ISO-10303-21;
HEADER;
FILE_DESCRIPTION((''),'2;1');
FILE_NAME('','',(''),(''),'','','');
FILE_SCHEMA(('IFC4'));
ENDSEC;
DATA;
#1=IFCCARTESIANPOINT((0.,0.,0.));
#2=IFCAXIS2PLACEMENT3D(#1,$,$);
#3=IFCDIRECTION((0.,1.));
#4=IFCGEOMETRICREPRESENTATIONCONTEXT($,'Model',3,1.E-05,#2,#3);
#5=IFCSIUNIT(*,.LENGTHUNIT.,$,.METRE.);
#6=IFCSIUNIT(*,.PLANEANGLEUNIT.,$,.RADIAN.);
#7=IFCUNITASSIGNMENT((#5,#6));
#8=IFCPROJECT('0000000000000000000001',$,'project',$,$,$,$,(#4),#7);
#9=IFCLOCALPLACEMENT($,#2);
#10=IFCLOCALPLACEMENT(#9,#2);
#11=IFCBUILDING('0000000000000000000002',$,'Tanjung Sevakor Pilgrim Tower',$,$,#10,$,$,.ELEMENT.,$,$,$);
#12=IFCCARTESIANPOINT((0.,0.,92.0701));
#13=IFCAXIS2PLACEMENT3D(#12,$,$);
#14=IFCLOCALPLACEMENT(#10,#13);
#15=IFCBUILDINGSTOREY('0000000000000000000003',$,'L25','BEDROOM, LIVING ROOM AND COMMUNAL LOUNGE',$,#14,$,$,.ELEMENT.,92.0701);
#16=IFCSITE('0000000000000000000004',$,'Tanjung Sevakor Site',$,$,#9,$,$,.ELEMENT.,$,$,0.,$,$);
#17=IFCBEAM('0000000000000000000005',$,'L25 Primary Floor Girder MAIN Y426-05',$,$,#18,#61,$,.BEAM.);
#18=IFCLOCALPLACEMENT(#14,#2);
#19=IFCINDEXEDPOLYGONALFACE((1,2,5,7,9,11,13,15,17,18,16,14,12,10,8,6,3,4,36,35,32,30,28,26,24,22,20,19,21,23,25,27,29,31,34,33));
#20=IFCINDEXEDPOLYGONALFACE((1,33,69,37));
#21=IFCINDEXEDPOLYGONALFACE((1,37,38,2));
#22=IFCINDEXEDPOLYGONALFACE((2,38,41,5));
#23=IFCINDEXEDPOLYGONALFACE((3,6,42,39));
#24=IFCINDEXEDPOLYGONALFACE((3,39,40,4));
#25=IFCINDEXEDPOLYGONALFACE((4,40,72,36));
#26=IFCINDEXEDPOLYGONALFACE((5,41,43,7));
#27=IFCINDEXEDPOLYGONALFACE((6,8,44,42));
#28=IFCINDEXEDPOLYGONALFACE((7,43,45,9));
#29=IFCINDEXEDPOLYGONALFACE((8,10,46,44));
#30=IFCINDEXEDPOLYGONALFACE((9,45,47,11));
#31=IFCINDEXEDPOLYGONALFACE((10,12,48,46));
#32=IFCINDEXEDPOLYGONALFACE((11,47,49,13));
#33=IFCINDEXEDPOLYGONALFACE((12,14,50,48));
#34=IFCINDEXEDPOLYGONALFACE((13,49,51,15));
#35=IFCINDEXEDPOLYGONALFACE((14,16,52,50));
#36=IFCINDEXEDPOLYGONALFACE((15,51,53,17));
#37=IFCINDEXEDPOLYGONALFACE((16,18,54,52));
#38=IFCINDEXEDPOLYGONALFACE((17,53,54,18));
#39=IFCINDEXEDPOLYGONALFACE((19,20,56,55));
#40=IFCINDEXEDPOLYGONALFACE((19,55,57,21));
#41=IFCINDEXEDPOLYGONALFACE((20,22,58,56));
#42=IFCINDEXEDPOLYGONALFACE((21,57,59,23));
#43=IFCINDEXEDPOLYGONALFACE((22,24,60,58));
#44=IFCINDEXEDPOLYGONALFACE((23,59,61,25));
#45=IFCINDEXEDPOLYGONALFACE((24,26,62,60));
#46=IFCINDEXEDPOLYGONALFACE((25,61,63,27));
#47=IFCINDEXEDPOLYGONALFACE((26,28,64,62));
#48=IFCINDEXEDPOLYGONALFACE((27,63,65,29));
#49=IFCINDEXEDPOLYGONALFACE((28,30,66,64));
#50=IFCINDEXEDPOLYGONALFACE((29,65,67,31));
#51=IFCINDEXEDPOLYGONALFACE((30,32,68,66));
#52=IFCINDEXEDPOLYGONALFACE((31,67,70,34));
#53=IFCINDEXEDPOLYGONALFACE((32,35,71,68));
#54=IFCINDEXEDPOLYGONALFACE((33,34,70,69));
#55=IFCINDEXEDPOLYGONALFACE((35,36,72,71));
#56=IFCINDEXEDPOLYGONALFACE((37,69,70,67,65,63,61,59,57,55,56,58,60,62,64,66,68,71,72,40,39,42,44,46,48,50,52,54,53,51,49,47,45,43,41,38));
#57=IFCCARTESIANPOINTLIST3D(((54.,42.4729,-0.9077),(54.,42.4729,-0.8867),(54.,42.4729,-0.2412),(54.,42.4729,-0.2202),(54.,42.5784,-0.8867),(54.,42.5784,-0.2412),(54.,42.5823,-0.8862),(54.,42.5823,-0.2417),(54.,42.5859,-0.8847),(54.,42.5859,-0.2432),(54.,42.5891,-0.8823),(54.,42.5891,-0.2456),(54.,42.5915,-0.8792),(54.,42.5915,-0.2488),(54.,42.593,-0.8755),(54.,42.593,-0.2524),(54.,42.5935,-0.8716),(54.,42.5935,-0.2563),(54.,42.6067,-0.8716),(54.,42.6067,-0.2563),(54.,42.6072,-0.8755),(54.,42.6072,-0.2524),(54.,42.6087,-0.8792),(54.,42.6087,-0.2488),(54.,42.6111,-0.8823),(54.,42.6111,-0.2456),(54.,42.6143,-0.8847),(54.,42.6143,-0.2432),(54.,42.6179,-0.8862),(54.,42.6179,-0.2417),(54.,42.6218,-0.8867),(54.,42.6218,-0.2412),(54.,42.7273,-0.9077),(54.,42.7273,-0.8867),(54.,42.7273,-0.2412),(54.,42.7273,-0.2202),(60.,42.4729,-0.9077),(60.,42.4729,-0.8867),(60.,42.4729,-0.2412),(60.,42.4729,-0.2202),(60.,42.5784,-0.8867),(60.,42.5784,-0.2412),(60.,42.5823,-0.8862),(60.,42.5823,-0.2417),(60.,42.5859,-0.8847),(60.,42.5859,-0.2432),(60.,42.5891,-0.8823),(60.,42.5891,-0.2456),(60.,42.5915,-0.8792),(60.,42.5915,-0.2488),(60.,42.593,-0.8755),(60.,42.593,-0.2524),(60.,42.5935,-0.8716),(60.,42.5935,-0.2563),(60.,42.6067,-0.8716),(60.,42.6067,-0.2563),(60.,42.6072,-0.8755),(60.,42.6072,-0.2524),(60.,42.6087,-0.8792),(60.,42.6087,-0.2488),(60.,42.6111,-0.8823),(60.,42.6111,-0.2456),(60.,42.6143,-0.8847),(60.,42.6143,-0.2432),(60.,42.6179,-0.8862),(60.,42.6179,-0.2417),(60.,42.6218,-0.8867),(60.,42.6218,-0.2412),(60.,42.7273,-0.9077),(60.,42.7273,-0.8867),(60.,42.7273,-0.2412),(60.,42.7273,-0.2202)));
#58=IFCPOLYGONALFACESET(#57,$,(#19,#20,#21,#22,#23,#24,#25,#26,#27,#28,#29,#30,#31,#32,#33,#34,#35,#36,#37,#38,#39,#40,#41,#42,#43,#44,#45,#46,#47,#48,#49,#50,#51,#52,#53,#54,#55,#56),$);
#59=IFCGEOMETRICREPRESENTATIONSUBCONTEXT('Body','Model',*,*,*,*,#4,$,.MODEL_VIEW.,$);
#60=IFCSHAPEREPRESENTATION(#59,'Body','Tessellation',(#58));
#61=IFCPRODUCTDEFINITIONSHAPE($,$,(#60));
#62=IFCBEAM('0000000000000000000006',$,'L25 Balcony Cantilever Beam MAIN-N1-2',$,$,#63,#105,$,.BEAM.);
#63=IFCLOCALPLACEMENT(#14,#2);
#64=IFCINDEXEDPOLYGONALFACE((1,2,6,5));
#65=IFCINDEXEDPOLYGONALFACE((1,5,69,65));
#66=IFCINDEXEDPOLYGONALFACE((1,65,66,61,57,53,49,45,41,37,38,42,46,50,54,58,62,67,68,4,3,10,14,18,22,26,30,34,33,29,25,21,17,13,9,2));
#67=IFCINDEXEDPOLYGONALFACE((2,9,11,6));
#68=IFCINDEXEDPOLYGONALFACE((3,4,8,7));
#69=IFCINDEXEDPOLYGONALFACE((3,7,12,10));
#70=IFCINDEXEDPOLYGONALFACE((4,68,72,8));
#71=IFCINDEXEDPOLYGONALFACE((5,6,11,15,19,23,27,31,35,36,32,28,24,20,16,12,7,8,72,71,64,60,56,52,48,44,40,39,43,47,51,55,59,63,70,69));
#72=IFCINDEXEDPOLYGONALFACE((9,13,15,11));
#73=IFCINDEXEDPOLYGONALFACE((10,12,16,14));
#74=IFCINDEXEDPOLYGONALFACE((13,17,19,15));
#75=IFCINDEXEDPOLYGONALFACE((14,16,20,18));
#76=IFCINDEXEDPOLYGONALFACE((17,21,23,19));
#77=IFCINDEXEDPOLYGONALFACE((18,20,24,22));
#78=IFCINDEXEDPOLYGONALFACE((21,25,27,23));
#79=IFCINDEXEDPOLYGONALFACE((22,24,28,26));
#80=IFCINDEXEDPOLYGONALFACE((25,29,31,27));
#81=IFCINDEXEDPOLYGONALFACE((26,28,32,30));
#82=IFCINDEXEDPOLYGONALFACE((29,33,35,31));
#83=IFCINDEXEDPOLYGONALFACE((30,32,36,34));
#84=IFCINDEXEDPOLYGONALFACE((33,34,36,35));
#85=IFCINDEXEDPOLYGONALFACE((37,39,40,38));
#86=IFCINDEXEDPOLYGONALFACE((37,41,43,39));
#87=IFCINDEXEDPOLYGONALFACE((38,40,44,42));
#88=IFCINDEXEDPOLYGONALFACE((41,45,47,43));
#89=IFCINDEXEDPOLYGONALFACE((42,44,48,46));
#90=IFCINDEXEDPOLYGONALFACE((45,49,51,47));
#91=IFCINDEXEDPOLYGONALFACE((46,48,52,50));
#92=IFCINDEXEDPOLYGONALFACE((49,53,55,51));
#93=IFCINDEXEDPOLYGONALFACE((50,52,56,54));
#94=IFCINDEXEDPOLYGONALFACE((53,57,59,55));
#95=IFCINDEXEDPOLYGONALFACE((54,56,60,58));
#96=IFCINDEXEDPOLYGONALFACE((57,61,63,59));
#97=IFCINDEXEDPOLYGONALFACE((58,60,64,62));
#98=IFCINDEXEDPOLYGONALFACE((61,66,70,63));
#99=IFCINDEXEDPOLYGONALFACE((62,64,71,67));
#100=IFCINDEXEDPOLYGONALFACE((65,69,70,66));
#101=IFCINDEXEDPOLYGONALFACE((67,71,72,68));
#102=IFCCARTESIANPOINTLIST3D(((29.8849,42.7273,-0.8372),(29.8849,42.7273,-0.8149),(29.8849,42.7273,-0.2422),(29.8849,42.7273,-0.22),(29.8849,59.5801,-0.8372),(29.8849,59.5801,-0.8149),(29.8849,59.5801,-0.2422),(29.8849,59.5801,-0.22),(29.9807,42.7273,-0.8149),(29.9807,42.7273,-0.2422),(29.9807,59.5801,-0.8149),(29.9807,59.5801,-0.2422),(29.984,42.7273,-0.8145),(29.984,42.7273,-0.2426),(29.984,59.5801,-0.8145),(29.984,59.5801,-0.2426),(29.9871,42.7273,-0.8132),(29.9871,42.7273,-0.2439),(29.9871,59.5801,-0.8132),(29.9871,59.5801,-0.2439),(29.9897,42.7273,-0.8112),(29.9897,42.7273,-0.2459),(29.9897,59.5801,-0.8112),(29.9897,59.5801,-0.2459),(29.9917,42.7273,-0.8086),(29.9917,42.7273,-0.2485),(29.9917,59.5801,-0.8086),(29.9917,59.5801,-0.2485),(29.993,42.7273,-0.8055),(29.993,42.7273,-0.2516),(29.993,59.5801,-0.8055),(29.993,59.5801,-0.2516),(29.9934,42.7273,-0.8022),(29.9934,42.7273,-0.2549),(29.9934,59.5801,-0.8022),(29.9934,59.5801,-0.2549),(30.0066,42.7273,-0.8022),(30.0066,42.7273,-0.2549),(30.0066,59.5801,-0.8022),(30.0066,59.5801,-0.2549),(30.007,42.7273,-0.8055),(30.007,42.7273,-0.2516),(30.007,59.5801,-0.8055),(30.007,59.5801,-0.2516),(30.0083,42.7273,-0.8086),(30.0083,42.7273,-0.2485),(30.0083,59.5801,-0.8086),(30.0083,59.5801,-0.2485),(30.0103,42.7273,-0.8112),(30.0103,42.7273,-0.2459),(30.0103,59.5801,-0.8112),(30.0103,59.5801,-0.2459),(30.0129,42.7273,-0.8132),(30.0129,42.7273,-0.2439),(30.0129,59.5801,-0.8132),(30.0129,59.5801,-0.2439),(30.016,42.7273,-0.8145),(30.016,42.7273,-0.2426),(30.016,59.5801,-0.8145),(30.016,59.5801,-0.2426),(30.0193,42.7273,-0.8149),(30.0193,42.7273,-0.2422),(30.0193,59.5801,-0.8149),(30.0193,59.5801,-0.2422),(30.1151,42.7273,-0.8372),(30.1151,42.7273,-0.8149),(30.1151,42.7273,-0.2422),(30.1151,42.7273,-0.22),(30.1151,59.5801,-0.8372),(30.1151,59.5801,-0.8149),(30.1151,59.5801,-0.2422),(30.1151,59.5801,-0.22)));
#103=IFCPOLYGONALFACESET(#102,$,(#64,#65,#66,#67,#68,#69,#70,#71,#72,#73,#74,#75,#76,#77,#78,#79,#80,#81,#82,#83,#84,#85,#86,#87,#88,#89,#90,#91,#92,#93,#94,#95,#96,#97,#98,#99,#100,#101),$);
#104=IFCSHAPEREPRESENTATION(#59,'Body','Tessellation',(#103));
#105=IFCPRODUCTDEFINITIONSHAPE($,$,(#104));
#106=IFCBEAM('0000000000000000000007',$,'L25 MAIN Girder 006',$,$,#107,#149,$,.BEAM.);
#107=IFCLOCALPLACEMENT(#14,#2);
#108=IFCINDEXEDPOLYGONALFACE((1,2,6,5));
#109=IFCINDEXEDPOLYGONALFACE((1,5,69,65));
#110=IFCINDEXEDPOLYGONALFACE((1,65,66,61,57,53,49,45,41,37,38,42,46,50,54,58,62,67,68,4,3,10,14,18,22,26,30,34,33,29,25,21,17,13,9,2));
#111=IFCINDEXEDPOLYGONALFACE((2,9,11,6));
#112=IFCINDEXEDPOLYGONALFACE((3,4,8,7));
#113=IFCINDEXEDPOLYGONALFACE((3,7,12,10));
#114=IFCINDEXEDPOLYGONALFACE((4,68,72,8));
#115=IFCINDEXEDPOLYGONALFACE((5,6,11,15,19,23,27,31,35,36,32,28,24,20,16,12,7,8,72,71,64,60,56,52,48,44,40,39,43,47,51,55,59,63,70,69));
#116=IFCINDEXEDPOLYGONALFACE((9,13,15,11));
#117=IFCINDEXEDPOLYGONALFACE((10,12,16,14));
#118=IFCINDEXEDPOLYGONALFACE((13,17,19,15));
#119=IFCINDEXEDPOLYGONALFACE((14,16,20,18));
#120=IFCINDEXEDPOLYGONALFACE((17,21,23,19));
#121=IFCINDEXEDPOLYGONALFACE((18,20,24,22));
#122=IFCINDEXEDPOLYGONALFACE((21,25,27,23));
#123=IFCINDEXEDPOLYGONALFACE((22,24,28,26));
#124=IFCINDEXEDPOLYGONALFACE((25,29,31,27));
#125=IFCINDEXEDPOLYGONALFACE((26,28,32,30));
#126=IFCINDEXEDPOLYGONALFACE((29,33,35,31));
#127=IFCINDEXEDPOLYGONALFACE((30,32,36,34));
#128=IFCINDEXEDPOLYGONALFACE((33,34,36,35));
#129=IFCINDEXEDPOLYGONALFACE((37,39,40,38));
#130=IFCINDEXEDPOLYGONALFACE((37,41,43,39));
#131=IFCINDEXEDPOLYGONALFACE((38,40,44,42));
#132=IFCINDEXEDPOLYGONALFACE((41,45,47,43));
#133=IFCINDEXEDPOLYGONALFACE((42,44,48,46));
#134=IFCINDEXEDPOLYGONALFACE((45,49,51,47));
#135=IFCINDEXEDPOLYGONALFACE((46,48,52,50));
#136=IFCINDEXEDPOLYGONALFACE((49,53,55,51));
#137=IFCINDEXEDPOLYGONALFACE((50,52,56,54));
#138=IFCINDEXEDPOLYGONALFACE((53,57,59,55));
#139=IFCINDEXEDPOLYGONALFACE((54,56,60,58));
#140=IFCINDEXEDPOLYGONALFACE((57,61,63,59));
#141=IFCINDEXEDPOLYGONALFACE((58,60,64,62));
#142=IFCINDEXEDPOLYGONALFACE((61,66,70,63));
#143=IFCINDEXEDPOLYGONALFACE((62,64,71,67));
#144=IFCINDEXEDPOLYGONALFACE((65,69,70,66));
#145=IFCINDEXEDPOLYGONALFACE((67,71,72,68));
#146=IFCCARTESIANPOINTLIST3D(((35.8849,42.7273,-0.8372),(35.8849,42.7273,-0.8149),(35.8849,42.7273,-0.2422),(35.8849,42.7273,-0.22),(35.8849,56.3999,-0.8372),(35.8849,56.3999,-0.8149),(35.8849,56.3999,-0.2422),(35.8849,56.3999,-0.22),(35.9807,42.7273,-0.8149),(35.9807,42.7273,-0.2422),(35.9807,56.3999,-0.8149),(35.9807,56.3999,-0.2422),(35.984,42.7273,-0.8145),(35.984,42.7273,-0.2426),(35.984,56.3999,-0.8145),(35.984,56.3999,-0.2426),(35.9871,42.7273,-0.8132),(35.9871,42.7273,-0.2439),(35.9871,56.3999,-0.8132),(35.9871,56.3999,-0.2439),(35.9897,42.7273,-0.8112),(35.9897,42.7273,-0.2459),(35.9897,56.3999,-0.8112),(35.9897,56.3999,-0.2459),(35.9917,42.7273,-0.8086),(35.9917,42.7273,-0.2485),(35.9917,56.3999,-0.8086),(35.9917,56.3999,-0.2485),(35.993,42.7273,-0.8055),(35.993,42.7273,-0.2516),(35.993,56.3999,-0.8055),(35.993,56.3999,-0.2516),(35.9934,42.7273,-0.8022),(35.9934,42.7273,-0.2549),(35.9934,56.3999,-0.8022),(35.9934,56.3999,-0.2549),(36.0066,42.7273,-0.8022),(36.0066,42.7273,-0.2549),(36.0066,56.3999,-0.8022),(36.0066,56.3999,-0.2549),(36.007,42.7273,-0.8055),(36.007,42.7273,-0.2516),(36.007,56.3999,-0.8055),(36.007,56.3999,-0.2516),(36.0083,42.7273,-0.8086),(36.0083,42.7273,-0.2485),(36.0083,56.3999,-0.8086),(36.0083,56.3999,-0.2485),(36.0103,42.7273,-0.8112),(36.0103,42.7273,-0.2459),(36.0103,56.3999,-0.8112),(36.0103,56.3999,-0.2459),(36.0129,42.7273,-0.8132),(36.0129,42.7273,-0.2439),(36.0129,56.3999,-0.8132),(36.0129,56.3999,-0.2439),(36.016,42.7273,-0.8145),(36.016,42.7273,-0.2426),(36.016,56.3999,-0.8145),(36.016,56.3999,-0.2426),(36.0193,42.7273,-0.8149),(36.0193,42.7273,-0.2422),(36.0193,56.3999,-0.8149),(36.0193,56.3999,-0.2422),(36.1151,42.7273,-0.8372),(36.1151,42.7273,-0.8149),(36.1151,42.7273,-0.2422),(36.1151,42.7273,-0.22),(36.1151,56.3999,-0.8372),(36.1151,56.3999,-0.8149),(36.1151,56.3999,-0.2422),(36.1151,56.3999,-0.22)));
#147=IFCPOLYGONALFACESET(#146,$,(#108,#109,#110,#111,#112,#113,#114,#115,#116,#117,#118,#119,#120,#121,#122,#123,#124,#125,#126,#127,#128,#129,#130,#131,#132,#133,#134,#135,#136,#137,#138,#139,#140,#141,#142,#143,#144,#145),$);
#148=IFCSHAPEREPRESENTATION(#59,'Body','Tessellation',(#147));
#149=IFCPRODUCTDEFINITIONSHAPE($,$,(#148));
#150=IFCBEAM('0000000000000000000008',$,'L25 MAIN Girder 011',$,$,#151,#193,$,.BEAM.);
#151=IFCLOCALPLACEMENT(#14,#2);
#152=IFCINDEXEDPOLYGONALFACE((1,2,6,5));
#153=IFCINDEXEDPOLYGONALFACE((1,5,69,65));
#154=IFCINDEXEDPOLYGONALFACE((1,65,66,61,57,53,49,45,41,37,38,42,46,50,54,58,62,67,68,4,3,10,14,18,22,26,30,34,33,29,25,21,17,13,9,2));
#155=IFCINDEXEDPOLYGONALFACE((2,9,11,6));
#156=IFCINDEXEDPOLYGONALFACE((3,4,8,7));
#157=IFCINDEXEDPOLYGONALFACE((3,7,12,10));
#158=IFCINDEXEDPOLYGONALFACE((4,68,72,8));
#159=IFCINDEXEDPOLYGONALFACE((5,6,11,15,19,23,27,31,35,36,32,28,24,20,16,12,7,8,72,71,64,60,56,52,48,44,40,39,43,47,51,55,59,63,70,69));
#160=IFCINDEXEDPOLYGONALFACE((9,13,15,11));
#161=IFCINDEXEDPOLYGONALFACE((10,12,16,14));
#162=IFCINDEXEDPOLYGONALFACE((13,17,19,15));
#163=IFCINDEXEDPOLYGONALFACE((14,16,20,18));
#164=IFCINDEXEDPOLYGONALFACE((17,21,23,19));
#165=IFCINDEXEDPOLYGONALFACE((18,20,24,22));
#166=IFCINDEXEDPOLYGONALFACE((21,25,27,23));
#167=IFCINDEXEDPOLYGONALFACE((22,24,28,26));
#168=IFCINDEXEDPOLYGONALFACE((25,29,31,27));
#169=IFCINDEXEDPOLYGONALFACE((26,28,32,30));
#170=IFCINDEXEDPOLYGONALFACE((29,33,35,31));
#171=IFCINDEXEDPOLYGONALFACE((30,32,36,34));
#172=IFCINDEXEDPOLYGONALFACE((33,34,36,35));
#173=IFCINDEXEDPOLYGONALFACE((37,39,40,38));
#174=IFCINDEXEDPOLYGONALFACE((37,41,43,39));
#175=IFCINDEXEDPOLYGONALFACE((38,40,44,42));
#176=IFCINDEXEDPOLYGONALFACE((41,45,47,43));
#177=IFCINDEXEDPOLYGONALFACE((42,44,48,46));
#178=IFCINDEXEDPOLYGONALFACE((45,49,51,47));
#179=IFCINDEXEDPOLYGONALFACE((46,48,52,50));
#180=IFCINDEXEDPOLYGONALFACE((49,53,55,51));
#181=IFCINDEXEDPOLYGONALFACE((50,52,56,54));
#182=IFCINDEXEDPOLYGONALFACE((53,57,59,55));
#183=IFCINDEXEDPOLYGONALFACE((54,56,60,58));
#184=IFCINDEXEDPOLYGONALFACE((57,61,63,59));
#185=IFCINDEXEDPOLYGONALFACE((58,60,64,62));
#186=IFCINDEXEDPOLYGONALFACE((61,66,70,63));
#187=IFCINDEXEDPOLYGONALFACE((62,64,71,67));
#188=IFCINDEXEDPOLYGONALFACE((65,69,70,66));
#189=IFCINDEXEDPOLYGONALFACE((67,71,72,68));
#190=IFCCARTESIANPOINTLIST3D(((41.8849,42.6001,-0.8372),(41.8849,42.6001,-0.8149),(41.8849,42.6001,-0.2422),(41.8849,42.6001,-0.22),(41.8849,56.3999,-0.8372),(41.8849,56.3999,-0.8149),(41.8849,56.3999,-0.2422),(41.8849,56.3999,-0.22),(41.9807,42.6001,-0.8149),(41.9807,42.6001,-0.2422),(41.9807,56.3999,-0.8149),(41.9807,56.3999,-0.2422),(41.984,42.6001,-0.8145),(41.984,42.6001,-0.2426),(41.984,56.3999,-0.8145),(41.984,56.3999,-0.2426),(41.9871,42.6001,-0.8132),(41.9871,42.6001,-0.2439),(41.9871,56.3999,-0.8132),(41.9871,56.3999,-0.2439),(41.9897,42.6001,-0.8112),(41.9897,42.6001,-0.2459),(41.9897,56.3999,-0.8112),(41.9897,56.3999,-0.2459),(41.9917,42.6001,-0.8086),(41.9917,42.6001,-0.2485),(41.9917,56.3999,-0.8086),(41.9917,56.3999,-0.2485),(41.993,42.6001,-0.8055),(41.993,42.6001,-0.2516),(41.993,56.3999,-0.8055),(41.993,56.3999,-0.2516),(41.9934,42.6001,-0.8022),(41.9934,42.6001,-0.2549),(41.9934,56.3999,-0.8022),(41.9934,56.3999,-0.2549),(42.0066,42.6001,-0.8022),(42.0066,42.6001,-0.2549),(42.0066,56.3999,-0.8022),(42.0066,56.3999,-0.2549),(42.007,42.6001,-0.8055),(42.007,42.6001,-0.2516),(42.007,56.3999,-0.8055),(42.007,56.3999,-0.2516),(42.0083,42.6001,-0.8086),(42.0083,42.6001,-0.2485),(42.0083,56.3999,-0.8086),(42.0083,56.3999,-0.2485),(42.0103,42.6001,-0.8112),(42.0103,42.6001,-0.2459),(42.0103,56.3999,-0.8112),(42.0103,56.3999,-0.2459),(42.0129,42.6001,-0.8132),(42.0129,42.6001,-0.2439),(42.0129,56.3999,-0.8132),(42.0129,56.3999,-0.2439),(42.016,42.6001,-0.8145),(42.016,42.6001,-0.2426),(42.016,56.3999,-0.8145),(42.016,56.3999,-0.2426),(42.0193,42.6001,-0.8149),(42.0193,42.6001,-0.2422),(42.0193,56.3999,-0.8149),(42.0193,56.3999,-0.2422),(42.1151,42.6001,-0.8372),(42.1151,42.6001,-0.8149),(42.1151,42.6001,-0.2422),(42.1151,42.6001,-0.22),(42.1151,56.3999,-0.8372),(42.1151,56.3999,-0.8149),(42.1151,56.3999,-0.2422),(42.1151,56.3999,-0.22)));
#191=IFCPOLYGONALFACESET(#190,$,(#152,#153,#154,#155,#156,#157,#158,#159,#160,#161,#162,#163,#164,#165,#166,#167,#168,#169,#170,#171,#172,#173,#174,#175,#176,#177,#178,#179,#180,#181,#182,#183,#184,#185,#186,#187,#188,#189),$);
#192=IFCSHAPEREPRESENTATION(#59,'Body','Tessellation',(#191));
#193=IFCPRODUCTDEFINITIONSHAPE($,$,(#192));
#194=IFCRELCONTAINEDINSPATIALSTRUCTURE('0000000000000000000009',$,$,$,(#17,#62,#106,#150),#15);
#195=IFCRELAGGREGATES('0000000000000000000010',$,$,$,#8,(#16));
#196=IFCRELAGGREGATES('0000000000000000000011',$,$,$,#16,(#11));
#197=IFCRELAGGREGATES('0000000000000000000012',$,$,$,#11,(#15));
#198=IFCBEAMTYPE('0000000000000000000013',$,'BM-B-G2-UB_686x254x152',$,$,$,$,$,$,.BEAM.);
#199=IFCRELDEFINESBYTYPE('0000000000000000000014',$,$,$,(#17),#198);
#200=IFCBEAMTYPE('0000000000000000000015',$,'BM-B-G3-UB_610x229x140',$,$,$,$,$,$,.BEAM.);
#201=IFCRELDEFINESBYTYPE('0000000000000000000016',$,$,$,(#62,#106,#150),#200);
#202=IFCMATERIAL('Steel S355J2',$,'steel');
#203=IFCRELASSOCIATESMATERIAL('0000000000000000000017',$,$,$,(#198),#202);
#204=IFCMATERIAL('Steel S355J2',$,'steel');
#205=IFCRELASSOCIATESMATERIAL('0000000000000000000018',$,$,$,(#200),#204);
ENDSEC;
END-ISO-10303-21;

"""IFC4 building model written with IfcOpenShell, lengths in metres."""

from ifc_helpers import new_model, si_unit, direction, frame, origin, origin_2d, place, context, subcontext, project, spatial, i_section, extrude, material, material_profile, profile_set, type_object, element, save


model = new_model("IFC4")

# Units and contexts
model_context = context("Model", 3, precision=1e-05, world=origin(), true_north=direction((0.0, 1.0)))
body_context = subcontext(model_context, "Body", "Model", "MODEL_VIEW")
ifc_project = project(units=[si_unit("LENGTHUNIT", "METRE"), si_unit("PLANEANGLEUNIT", "RADIAN")], contexts=[model_context])

# Site, building, storey
site_placement = place(None, origin())
site = spatial("IfcSite", under=ifc_project, at=site_placement, Name="Tanjung Sevakor Site", CompositionType="ELEMENT", RefElevation=0.0)
building_placement = place(site_placement, origin())
building = spatial("IfcBuilding", under=site, at=building_placement, Name="Tanjung Sevakor Pilgrim Tower", CompositionType="ELEMENT")
storey_placement = place(building_placement, frame((0.0, 0.0, 92.0701)))
storey = spatial("IfcBuildingStorey", under=building, at=storey_placement, Name="L25", Description="BEDROOM, LIVING ROOM AND COMMUNAL LOUNGE", CompositionType="ELEMENT", Elevation=92.0701)

# Beams
ifc_material_1 = material(Name="Steel S355J2", Category="steel")
ifc_material_profile_1 = material_profile(ifc_material_1, i_section(OverallWidth=0.2544, OverallDepth=0.6875, WebThickness=0.0132, FlangeThickness=0.021, FilletRadius=0.0151, at=origin_2d()))
ifc_profile_set_1 = profile_set([ifc_material_profile_1], Name="Steel S355J2")
beam_type_1 = type_object("IfcBeamType", Name="BM-B-G2-UB_686x254x152", PredefinedType="BEAM", material=ifc_profile_set_1)
for number, where, z_axis, x_axis, name in (
    (1, (54.0, 42.6001, -0.564), (1.0, 0.0, 0.0), (0.0, 1.0, 0.0), "L25 Primary Floor Girder MAIN Y426-05"),
):
    element("IfcBeam", number, at=place(storey_placement, frame(where, z_axis=z_axis, x_axis=x_axis)), inside=storey, type_object=beam_type_1, Name=name, PredefinedType="BEAM", context=body_context, shape_type="SweptSolid", body=[
        extrude(i_section(OverallWidth=0.2544, OverallDepth=0.6875, WebThickness=0.0132, FlangeThickness=0.021, FilletRadius=0.0151, at=origin_2d()), origin(), (0.0, 0.0, 1.0), 6.0),
    ])
ifc_material_2 = material(Name="Steel S355J2", Category="steel")
ifc_material_profile_2 = material_profile(ifc_material_2, i_section(OverallWidth=0.2302, OverallDepth=0.6172, WebThickness=0.0132, FlangeThickness=0.0222, FilletRadius=0.0127, at=origin_2d()))
ifc_profile_set_2 = profile_set([ifc_material_profile_2], Name="Steel S355J2")
beam_type_2 = type_object("IfcBeamType", Name="BM-B-G3-UB_610x229x140", PredefinedType="BEAM", material=ifc_profile_set_2)
beam_1_placement = place(storey_placement, frame((30.0, 42.7273, -0.5286), z_axis=(0.0, 1.0, 0.0), x_axis=(-1.0, 0.0, 0.0)))
element("IfcBeam", 2, at=beam_1_placement, inside=storey, type_object=beam_type_2, Name="L25 Balcony Cantilever Beam MAIN-N1-2", PredefinedType="BEAM", context=body_context, shape_type="SweptSolid", body=[
    extrude(i_section(OverallWidth=0.2302, OverallDepth=0.6172, WebThickness=0.0132, FlangeThickness=0.0222, FilletRadius=0.0127, at=origin_2d()), origin(), (0.0, 0.0, 1.0), 16.8528),
])
beam_2_placement = place(storey_placement, frame((36.0, 42.7273, -0.5286), z_axis=(0.0, 1.0, 0.0), x_axis=(-1.0, 0.0, 0.0)))
element("IfcBeam", 3, at=beam_2_placement, inside=storey, type_object=beam_type_2, Name="L25 MAIN Girder 006", PredefinedType="BEAM", context=body_context, shape_type="SweptSolid", body=[
    extrude(i_section(OverallWidth=0.2302, OverallDepth=0.6172, WebThickness=0.0132, FlangeThickness=0.0222, FilletRadius=0.0127, at=origin_2d()), origin(), (0.0, 0.0, 1.0), 13.6726),
])
for number, where, z_axis, x_axis, name in (
    (4, (42.0, 42.6001, -0.5286), (0.0, 1.0, 0.0), (-1.0, 0.0, 0.0), "L25 MAIN Girder 011"),
):
    element("IfcBeam", number, at=place(storey_placement, frame(where, z_axis=z_axis, x_axis=x_axis)), inside=storey, type_object=beam_type_2, Name=name, PredefinedType="BEAM", context=body_context, shape_type="SweptSolid", body=[
        extrude(i_section(OverallWidth=0.2302, OverallDepth=0.6172, WebThickness=0.0132, FlangeThickness=0.0222, FilletRadius=0.0127, at=origin_2d()), origin(), (0.0, 0.0, 1.0), 13.7998),
    ])

save(model, "model.ifc")
